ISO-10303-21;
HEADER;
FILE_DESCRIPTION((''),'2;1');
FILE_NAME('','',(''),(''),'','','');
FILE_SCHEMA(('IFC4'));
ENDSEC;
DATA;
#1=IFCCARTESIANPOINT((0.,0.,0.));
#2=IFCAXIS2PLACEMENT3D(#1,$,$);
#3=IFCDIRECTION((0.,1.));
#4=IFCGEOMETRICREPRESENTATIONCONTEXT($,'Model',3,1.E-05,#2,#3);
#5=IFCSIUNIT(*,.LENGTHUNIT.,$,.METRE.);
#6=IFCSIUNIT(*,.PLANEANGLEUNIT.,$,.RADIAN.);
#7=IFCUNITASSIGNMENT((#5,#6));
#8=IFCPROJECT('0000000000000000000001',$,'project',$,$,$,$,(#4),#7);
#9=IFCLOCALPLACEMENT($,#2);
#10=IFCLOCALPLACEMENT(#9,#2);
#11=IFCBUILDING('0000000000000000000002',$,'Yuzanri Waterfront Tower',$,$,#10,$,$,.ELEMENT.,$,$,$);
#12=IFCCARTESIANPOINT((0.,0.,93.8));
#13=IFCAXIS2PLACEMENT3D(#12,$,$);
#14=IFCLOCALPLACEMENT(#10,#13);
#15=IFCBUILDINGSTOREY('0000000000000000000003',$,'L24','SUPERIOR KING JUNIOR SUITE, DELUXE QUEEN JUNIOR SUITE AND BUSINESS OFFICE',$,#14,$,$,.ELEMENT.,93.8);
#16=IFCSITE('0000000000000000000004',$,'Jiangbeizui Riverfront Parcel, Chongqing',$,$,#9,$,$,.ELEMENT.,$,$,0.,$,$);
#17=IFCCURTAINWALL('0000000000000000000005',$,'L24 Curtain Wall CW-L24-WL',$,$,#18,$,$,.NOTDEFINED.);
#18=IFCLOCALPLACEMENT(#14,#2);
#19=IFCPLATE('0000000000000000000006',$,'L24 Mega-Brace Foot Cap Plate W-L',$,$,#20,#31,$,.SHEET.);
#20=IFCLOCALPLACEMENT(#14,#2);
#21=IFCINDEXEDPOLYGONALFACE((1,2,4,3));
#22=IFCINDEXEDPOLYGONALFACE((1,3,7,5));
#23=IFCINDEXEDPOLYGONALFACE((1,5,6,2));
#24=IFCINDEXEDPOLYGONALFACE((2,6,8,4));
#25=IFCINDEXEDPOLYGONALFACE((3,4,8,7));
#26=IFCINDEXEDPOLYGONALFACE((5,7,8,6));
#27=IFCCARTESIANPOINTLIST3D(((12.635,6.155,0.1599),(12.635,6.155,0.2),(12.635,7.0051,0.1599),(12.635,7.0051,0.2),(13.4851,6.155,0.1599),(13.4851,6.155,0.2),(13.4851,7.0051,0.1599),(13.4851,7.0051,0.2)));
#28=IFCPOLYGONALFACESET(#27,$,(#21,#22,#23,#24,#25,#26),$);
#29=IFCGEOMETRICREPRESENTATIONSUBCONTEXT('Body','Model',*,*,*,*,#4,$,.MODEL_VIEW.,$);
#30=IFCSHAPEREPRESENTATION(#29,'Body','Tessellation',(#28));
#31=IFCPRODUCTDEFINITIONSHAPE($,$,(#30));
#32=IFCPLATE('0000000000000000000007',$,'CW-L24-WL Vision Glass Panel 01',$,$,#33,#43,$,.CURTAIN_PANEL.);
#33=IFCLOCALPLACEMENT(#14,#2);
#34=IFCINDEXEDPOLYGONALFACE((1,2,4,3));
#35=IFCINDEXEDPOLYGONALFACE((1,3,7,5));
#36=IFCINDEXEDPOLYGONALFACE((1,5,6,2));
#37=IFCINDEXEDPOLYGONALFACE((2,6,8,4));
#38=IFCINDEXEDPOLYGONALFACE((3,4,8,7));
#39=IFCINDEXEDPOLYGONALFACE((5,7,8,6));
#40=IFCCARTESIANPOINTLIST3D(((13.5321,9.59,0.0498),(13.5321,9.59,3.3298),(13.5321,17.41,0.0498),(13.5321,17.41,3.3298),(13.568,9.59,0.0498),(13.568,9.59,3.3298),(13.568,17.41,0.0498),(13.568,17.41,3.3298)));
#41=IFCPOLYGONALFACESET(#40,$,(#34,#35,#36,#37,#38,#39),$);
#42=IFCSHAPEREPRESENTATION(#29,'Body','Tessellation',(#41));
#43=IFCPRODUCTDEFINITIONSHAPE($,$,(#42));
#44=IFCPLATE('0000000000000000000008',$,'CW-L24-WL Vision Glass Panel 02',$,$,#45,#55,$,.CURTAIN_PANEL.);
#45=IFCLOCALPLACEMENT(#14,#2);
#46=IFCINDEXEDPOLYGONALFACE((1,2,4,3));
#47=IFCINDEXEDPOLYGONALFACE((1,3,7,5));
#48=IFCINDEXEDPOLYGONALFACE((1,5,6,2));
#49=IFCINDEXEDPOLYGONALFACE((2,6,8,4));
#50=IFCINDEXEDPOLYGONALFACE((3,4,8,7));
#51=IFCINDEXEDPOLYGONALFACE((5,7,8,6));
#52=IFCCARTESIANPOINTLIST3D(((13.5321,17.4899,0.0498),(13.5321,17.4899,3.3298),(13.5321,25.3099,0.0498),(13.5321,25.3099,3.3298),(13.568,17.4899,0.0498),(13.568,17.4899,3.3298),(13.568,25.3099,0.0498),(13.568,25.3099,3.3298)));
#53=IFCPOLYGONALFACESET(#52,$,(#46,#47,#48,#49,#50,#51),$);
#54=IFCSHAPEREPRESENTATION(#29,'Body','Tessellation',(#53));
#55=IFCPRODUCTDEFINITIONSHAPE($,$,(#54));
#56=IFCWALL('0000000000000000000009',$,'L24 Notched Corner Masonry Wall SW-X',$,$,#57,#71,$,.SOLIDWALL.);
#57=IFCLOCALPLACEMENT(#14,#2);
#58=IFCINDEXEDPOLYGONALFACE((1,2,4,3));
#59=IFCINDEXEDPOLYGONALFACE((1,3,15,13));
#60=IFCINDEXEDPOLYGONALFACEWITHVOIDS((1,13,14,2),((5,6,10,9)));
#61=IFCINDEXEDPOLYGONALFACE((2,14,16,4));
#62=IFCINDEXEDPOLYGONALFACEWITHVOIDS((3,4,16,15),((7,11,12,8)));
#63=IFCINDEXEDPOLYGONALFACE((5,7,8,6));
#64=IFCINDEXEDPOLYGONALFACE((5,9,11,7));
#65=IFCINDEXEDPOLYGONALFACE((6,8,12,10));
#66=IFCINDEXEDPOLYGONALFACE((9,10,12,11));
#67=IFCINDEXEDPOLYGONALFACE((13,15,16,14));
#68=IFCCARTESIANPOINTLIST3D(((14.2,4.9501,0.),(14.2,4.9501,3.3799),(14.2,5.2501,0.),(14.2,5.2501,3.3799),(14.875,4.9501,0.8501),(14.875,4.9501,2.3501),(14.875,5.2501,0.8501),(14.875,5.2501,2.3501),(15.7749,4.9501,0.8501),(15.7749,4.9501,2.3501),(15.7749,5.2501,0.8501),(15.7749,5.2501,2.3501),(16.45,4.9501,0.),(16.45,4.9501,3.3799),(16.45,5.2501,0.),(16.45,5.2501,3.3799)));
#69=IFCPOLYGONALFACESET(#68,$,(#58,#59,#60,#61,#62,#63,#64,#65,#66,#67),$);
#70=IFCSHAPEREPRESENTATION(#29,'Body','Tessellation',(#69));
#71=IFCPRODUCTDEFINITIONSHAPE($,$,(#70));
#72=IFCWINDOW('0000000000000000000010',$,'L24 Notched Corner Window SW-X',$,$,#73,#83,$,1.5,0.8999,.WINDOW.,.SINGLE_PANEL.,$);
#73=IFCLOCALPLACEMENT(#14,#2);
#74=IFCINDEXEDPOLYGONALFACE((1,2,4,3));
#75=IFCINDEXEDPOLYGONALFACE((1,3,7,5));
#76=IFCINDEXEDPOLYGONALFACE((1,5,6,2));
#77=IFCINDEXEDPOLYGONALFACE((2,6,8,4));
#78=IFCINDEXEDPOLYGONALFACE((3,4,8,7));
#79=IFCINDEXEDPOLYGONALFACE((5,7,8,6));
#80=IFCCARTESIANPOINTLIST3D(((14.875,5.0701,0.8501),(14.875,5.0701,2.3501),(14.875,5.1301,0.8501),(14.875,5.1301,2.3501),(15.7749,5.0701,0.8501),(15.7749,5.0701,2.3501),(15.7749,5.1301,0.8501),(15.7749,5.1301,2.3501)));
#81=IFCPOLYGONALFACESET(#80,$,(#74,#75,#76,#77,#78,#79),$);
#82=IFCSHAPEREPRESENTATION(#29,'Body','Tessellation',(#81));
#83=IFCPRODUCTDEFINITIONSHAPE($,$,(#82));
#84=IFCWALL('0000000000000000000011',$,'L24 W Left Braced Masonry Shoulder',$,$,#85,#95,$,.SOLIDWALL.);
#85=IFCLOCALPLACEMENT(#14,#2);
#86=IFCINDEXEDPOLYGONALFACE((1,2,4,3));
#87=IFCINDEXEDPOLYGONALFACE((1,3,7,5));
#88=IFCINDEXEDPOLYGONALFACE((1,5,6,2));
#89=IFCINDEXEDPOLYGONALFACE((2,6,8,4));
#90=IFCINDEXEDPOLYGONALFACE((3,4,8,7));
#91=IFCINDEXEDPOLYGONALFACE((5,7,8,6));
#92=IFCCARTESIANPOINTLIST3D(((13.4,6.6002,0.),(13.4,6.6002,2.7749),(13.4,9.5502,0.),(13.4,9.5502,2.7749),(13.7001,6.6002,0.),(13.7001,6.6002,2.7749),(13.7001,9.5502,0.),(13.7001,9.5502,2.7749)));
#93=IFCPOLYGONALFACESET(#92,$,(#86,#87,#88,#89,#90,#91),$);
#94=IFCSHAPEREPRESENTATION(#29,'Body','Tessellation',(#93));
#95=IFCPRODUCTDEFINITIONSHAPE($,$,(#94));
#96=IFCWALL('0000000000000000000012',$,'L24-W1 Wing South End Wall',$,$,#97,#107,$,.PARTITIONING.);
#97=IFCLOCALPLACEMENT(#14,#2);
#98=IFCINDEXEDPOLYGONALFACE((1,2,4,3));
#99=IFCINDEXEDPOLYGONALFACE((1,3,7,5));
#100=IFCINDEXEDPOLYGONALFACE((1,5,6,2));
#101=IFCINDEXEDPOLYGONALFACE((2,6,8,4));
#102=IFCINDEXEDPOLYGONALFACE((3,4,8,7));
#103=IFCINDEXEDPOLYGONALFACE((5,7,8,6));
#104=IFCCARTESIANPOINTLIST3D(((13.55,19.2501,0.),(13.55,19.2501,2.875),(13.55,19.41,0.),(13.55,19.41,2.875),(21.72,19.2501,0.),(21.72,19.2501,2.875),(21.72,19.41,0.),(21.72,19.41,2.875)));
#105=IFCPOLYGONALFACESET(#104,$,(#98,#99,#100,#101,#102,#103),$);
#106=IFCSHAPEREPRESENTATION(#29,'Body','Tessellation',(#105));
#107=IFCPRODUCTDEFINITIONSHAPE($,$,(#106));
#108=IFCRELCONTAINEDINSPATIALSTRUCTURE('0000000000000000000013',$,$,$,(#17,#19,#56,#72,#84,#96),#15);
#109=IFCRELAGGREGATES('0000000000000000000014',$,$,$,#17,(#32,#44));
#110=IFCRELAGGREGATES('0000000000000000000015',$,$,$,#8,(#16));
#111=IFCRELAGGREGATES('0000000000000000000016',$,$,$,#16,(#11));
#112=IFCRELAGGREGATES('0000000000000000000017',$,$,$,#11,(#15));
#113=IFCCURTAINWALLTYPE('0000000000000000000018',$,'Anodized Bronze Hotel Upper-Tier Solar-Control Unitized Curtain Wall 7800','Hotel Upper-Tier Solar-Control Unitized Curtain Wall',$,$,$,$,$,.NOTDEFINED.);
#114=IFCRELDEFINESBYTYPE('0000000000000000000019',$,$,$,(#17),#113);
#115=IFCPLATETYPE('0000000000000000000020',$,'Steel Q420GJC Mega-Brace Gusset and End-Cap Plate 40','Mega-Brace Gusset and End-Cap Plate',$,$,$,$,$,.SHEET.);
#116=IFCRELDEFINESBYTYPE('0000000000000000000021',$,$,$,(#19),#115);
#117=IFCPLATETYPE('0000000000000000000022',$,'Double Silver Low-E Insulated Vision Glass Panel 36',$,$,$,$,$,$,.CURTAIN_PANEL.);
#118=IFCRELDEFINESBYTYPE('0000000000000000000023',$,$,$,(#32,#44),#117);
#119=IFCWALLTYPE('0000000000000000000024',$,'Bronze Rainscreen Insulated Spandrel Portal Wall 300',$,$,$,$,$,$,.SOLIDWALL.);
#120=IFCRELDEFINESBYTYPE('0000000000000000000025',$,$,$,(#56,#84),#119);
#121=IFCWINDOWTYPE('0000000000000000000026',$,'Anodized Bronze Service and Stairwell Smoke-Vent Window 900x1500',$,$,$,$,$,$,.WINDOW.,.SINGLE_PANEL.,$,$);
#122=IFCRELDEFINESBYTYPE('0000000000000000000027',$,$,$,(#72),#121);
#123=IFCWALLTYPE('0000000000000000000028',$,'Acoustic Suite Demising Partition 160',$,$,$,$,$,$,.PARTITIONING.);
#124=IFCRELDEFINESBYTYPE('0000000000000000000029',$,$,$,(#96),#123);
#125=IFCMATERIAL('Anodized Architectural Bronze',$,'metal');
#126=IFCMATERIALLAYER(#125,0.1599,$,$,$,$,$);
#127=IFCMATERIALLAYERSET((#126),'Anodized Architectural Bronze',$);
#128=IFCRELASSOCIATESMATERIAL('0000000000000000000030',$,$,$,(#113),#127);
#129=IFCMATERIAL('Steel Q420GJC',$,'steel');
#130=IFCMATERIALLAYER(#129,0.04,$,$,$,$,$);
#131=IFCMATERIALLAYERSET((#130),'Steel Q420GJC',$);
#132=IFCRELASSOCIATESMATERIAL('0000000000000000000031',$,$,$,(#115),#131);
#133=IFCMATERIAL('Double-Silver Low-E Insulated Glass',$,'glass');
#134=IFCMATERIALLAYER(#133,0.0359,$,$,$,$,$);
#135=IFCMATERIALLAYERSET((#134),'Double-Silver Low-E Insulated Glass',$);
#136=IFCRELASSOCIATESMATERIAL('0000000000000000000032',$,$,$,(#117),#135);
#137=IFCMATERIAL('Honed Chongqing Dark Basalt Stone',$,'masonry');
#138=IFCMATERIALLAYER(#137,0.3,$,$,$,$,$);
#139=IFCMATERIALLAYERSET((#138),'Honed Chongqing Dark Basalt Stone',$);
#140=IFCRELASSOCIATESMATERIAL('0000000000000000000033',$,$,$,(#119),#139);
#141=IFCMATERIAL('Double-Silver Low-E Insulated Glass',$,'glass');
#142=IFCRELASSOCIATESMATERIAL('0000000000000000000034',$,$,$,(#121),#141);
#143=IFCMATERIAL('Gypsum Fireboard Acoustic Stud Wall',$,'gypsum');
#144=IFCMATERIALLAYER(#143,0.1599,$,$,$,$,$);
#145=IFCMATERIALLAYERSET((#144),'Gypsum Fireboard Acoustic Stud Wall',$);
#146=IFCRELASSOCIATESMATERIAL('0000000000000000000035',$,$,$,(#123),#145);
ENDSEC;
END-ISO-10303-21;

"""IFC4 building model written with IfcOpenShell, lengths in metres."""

from ifc_helpers import new_model, si_unit, direction, frame, frame_2d, origin, origin_2d, place, context, subcontext, project, spatial, rectangle, extrude, source, transform, mapped, material, layer, layer_set, type_object, element, fill, aggregate, save


model = new_model("IFC4")

# Units and contexts
model_context = context("Model", 3, precision=1e-05, world=origin(), true_north=direction((0.0, 1.0)))
body_context = subcontext(model_context, "Body", "Model", "MODEL_VIEW")
ifc_project = project(units=[si_unit("LENGTHUNIT", "METRE"), si_unit("PLANEANGLEUNIT", "RADIAN")], contexts=[model_context])

# Site, building, storey
site_placement = place(None, origin())
site = spatial("IfcSite", under=ifc_project, at=site_placement, Name="Jiangbeizui Riverfront Parcel, Chongqing", CompositionType="ELEMENT", RefElevation=0.0)
building_placement = place(site_placement, origin())
building = spatial("IfcBuilding", under=site, at=building_placement, Name="Yuzanri Waterfront Tower", CompositionType="ELEMENT")
storey_placement = place(building_placement, frame((0.0, 0.0, 93.8)))
storey = spatial("IfcBuildingStorey", under=building, at=storey_placement, Name="L24", Description="SUPERIOR KING JUNIOR SUITE, DELUXE QUEEN JUNIOR SUITE AND BUSINESS OFFICE", CompositionType="ELEMENT", Elevation=93.8)

# Curtain wall
ifc_material_1 = material(Name="Anodized Architectural Bronze", Category="metal")
ifc_layer_1 = layer(ifc_material_1, 0.1599)
ifc_layer_set_1 = layer_set([ifc_layer_1], Name="Anodized Architectural Bronze")
curtain_wall_type = type_object("IfcCurtainWallType", Name="Anodized Bronze Hotel Upper-Tier Solar-Control Unitized Curtain Wall 7800", Description="Hotel Upper-Tier Solar-Control Unitized Curtain Wall", PredefinedType="NOTDEFINED", material=ifc_layer_set_1)
curtain_wall_placement = place(storey_placement, origin())
curtain_wall = element("IfcCurtainWall", 1, at=curtain_wall_placement, inside=storey, type_object=curtain_wall_type, Name="L24 Curtain Wall CW-L24-WL", PredefinedType="NOTDEFINED")

# Plates
ifc_material_2 = material(Name="Steel Q420GJC", Category="steel")
ifc_layer_2 = layer(ifc_material_2, 0.04)
ifc_layer_set_2 = layer_set([ifc_layer_2], Name="Steel Q420GJC")
plate_type_1 = type_object("IfcPlateType", Name="Steel Q420GJC Mega-Brace Gusset and End-Cap Plate 40", Description="Mega-Brace Gusset and End-Cap Plate", PredefinedType="SHEET", material=ifc_layer_set_2)
shared_shape_1 = source(origin(), body_context, "Body", "SweptSolid", [
    extrude(rectangle(XDim=0.8501, YDim=0.8501, at=origin_2d()), origin(), (0.0, 0.0, 1.0), 0.04),
])
plate_1_placement = place(storey_placement, frame((13.0601, 6.5801, 0.1599), z_axis=(0.0, 0.0, 1.0), x_axis=(1.0, 0.0, 0.0)))
element("IfcPlate", 2, at=plate_1_placement, inside=storey, type_object=plate_type_1, Name="L24 Mega-Brace Foot Cap Plate W-L", PredefinedType="SHEET", context=body_context, shape_type="MappedRepresentation", body=[
    mapped(shared_shape_1, transform((0.0, 0.0, 0.0), scale=1.0)),
])
ifc_material_3 = material(Name="Double-Silver Low-E Insulated Glass", Category="glass")
ifc_layer_3 = layer(ifc_material_3, 0.0359)
ifc_layer_set_3 = layer_set([ifc_layer_3], Name="Double-Silver Low-E Insulated Glass")
plate_type_2 = type_object("IfcPlateType", Name="Double Silver Low-E Insulated Vision Glass Panel 36", PredefinedType="CURTAIN_PANEL", material=ifc_layer_set_3)
shared_shape_2 = source(origin(), body_context, "Body", "SweptSolid", [
    extrude(rectangle(XDim=7.8201, YDim=0.0359, at=origin_2d()), origin(), (0.0, 0.0, 1.0), 3.28),
])
plate_2_placement = place(storey_placement, frame((13.55, 13.5, 0.0498), z_axis=(0.0, 0.0, 1.0), x_axis=(0.0, 1.0, 0.0)))
plate_2 = element("IfcPlate", 3, at=plate_2_placement, type_object=plate_type_2, Name="CW-L24-WL Vision Glass Panel 01", PredefinedType="CURTAIN_PANEL", context=body_context, shape_type="MappedRepresentation", body=[
    mapped(shared_shape_2, transform((0.0, 0.0, 0.0), scale=1.0)),
])
plate_3_placement = place(storey_placement, frame((13.55, 21.3999, 0.0498), z_axis=(0.0, 0.0, 1.0), x_axis=(0.0, 1.0, 0.0)))
plate_3 = element("IfcPlate", 4, at=plate_3_placement, type_object=plate_type_2, Name="CW-L24-WL Vision Glass Panel 02", PredefinedType="CURTAIN_PANEL", context=body_context, shape_type="MappedRepresentation", body=[
    mapped(shared_shape_2, transform((0.0, 0.0, 0.0), scale=1.0)),
])
aggregate(curtain_wall, [plate_2, plate_3])

# Wall, opening, window
ifc_material_4 = material(Name="Honed Chongqing Dark Basalt Stone", Category="masonry")
ifc_layer_4 = layer(ifc_material_4, 0.3)
ifc_layer_set_4 = layer_set([ifc_layer_4], Name="Honed Chongqing Dark Basalt Stone")
wall_type_1 = type_object("IfcWallType", Name="Bronze Rainscreen Insulated Spandrel Portal Wall 300", PredefinedType="SOLIDWALL", material=ifc_layer_set_4)
wall_1_placement = place(storey_placement, frame((14.2, 5.1001, 0.0), z_axis=(0.0, 0.0, 1.0), x_axis=(1.0, 0.0, 0.0)))
wall_1 = element("IfcWall", 5, at=wall_1_placement, inside=storey, type_object=wall_type_1, Name="L24 Notched Corner Masonry Wall SW-X", PredefinedType="SOLIDWALL", context=body_context, shape_type="SweptSolid", body=[
    extrude(rectangle(XDim=2.25, YDim=0.3, at=frame_2d((1.125, 0.0))), origin(), (0.0, 0.0, 1.0), 3.3799),
])
opening_placement = place(wall_1_placement, frame((0.675, 0.0, 0.8501)))
opening = element("IfcOpeningElement", 6, at=opening_placement, cuts=wall_1, PredefinedType="OPENING", context=body_context, shape_type="SweptSolid", body=[
    extrude(rectangle(XDim=0.8999, YDim=1.5, at=frame_2d((0.45, 0.75))), frame((0.0, 0.165, 0.0), z_axis=(0.0, -1.0, 0.0), x_axis=(1.0, 0.0, 0.0)), (0.0, 0.0, 1.0), 0.3298),
])
ifc_material_5 = material(Name="Double-Silver Low-E Insulated Glass", Category="glass")
window_type = type_object("IfcWindowType", Name="Anodized Bronze Service and Stairwell Smoke-Vent Window 900x1500", PartitioningType="SINGLE_PANEL", PredefinedType="WINDOW", material=ifc_material_5)
shared_shape_3 = source(origin(), body_context, "Body", "SweptSolid", [
    extrude(rectangle(XDim=0.8999, YDim=1.5, at=frame_2d((0.45, 0.75))), frame((0.0, 0.03, 0.0), z_axis=(0.0, -1.0, 0.0), x_axis=(1.0, 0.0, 0.0)), (0.0, 0.0, 1.0), 0.0601),
])
window_placement = place(opening_placement, origin())
window = element("IfcWindow", 7, at=window_placement, inside=storey, type_object=window_type, Name="L24 Notched Corner Window SW-X", OverallHeight=1.5, OverallWidth=0.8999, PartitioningType="SINGLE_PANEL", PredefinedType="WINDOW", context=body_context, shape_type="MappedRepresentation", body=[
    mapped(shared_shape_3, transform((0.0, 0.0, 0.0), scale=1.0)),
])
fill(opening, window)

# Walls
shared_shape_4 = source(origin(), body_context, "Body", "SweptSolid", [
    extrude(rectangle(XDim=2.95, YDim=0.3, at=frame_2d((1.4751, 0.0))), origin(), (0.0, 0.0, 1.0), 2.7749),
])
wall_2_placement = place(storey_placement, frame((13.55, 6.6001, 0.0), z_axis=(0.0, 0.0, 1.0), x_axis=(0.0, 1.0, 0.0)))
element("IfcWall", 8, at=wall_2_placement, inside=storey, type_object=wall_type_1, Name="L24 W Left Braced Masonry Shoulder", PredefinedType="SOLIDWALL", context=body_context, shape_type="MappedRepresentation", body=[
    mapped(shared_shape_4, transform((0.0, 0.0, 0.0), scale=1.0)),
])
ifc_material_6 = material(Name="Gypsum Fireboard Acoustic Stud Wall", Category="gypsum")
ifc_layer_5 = layer(ifc_material_6, 0.1599)
ifc_layer_set_5 = layer_set([ifc_layer_5], Name="Gypsum Fireboard Acoustic Stud Wall")
wall_type_2 = type_object("IfcWallType", Name="Acoustic Suite Demising Partition 160", PredefinedType="PARTITIONING", material=ifc_layer_set_5)
shared_shape_5 = source(origin(), body_context, "Body", "SweptSolid", [
    extrude(rectangle(XDim=8.1699, YDim=0.1599, at=frame_2d((4.085, 0.0))), origin(), (0.0, 0.0, 1.0), 2.875),
])
wall_3_placement = place(storey_placement, frame((13.55, 19.3301, 0.0), z_axis=(0.0, 0.0, 1.0), x_axis=(1.0, 0.0, 0.0)))
element("IfcWall", 9, at=wall_3_placement, inside=storey, type_object=wall_type_2, Name="L24-W1 Wing South End Wall", PredefinedType="PARTITIONING", context=body_context, shape_type="MappedRepresentation", body=[
    mapped(shared_shape_5, transform((0.0, 0.0, 0.0), scale=1.0)),
])

save(model, "model.ifc")
